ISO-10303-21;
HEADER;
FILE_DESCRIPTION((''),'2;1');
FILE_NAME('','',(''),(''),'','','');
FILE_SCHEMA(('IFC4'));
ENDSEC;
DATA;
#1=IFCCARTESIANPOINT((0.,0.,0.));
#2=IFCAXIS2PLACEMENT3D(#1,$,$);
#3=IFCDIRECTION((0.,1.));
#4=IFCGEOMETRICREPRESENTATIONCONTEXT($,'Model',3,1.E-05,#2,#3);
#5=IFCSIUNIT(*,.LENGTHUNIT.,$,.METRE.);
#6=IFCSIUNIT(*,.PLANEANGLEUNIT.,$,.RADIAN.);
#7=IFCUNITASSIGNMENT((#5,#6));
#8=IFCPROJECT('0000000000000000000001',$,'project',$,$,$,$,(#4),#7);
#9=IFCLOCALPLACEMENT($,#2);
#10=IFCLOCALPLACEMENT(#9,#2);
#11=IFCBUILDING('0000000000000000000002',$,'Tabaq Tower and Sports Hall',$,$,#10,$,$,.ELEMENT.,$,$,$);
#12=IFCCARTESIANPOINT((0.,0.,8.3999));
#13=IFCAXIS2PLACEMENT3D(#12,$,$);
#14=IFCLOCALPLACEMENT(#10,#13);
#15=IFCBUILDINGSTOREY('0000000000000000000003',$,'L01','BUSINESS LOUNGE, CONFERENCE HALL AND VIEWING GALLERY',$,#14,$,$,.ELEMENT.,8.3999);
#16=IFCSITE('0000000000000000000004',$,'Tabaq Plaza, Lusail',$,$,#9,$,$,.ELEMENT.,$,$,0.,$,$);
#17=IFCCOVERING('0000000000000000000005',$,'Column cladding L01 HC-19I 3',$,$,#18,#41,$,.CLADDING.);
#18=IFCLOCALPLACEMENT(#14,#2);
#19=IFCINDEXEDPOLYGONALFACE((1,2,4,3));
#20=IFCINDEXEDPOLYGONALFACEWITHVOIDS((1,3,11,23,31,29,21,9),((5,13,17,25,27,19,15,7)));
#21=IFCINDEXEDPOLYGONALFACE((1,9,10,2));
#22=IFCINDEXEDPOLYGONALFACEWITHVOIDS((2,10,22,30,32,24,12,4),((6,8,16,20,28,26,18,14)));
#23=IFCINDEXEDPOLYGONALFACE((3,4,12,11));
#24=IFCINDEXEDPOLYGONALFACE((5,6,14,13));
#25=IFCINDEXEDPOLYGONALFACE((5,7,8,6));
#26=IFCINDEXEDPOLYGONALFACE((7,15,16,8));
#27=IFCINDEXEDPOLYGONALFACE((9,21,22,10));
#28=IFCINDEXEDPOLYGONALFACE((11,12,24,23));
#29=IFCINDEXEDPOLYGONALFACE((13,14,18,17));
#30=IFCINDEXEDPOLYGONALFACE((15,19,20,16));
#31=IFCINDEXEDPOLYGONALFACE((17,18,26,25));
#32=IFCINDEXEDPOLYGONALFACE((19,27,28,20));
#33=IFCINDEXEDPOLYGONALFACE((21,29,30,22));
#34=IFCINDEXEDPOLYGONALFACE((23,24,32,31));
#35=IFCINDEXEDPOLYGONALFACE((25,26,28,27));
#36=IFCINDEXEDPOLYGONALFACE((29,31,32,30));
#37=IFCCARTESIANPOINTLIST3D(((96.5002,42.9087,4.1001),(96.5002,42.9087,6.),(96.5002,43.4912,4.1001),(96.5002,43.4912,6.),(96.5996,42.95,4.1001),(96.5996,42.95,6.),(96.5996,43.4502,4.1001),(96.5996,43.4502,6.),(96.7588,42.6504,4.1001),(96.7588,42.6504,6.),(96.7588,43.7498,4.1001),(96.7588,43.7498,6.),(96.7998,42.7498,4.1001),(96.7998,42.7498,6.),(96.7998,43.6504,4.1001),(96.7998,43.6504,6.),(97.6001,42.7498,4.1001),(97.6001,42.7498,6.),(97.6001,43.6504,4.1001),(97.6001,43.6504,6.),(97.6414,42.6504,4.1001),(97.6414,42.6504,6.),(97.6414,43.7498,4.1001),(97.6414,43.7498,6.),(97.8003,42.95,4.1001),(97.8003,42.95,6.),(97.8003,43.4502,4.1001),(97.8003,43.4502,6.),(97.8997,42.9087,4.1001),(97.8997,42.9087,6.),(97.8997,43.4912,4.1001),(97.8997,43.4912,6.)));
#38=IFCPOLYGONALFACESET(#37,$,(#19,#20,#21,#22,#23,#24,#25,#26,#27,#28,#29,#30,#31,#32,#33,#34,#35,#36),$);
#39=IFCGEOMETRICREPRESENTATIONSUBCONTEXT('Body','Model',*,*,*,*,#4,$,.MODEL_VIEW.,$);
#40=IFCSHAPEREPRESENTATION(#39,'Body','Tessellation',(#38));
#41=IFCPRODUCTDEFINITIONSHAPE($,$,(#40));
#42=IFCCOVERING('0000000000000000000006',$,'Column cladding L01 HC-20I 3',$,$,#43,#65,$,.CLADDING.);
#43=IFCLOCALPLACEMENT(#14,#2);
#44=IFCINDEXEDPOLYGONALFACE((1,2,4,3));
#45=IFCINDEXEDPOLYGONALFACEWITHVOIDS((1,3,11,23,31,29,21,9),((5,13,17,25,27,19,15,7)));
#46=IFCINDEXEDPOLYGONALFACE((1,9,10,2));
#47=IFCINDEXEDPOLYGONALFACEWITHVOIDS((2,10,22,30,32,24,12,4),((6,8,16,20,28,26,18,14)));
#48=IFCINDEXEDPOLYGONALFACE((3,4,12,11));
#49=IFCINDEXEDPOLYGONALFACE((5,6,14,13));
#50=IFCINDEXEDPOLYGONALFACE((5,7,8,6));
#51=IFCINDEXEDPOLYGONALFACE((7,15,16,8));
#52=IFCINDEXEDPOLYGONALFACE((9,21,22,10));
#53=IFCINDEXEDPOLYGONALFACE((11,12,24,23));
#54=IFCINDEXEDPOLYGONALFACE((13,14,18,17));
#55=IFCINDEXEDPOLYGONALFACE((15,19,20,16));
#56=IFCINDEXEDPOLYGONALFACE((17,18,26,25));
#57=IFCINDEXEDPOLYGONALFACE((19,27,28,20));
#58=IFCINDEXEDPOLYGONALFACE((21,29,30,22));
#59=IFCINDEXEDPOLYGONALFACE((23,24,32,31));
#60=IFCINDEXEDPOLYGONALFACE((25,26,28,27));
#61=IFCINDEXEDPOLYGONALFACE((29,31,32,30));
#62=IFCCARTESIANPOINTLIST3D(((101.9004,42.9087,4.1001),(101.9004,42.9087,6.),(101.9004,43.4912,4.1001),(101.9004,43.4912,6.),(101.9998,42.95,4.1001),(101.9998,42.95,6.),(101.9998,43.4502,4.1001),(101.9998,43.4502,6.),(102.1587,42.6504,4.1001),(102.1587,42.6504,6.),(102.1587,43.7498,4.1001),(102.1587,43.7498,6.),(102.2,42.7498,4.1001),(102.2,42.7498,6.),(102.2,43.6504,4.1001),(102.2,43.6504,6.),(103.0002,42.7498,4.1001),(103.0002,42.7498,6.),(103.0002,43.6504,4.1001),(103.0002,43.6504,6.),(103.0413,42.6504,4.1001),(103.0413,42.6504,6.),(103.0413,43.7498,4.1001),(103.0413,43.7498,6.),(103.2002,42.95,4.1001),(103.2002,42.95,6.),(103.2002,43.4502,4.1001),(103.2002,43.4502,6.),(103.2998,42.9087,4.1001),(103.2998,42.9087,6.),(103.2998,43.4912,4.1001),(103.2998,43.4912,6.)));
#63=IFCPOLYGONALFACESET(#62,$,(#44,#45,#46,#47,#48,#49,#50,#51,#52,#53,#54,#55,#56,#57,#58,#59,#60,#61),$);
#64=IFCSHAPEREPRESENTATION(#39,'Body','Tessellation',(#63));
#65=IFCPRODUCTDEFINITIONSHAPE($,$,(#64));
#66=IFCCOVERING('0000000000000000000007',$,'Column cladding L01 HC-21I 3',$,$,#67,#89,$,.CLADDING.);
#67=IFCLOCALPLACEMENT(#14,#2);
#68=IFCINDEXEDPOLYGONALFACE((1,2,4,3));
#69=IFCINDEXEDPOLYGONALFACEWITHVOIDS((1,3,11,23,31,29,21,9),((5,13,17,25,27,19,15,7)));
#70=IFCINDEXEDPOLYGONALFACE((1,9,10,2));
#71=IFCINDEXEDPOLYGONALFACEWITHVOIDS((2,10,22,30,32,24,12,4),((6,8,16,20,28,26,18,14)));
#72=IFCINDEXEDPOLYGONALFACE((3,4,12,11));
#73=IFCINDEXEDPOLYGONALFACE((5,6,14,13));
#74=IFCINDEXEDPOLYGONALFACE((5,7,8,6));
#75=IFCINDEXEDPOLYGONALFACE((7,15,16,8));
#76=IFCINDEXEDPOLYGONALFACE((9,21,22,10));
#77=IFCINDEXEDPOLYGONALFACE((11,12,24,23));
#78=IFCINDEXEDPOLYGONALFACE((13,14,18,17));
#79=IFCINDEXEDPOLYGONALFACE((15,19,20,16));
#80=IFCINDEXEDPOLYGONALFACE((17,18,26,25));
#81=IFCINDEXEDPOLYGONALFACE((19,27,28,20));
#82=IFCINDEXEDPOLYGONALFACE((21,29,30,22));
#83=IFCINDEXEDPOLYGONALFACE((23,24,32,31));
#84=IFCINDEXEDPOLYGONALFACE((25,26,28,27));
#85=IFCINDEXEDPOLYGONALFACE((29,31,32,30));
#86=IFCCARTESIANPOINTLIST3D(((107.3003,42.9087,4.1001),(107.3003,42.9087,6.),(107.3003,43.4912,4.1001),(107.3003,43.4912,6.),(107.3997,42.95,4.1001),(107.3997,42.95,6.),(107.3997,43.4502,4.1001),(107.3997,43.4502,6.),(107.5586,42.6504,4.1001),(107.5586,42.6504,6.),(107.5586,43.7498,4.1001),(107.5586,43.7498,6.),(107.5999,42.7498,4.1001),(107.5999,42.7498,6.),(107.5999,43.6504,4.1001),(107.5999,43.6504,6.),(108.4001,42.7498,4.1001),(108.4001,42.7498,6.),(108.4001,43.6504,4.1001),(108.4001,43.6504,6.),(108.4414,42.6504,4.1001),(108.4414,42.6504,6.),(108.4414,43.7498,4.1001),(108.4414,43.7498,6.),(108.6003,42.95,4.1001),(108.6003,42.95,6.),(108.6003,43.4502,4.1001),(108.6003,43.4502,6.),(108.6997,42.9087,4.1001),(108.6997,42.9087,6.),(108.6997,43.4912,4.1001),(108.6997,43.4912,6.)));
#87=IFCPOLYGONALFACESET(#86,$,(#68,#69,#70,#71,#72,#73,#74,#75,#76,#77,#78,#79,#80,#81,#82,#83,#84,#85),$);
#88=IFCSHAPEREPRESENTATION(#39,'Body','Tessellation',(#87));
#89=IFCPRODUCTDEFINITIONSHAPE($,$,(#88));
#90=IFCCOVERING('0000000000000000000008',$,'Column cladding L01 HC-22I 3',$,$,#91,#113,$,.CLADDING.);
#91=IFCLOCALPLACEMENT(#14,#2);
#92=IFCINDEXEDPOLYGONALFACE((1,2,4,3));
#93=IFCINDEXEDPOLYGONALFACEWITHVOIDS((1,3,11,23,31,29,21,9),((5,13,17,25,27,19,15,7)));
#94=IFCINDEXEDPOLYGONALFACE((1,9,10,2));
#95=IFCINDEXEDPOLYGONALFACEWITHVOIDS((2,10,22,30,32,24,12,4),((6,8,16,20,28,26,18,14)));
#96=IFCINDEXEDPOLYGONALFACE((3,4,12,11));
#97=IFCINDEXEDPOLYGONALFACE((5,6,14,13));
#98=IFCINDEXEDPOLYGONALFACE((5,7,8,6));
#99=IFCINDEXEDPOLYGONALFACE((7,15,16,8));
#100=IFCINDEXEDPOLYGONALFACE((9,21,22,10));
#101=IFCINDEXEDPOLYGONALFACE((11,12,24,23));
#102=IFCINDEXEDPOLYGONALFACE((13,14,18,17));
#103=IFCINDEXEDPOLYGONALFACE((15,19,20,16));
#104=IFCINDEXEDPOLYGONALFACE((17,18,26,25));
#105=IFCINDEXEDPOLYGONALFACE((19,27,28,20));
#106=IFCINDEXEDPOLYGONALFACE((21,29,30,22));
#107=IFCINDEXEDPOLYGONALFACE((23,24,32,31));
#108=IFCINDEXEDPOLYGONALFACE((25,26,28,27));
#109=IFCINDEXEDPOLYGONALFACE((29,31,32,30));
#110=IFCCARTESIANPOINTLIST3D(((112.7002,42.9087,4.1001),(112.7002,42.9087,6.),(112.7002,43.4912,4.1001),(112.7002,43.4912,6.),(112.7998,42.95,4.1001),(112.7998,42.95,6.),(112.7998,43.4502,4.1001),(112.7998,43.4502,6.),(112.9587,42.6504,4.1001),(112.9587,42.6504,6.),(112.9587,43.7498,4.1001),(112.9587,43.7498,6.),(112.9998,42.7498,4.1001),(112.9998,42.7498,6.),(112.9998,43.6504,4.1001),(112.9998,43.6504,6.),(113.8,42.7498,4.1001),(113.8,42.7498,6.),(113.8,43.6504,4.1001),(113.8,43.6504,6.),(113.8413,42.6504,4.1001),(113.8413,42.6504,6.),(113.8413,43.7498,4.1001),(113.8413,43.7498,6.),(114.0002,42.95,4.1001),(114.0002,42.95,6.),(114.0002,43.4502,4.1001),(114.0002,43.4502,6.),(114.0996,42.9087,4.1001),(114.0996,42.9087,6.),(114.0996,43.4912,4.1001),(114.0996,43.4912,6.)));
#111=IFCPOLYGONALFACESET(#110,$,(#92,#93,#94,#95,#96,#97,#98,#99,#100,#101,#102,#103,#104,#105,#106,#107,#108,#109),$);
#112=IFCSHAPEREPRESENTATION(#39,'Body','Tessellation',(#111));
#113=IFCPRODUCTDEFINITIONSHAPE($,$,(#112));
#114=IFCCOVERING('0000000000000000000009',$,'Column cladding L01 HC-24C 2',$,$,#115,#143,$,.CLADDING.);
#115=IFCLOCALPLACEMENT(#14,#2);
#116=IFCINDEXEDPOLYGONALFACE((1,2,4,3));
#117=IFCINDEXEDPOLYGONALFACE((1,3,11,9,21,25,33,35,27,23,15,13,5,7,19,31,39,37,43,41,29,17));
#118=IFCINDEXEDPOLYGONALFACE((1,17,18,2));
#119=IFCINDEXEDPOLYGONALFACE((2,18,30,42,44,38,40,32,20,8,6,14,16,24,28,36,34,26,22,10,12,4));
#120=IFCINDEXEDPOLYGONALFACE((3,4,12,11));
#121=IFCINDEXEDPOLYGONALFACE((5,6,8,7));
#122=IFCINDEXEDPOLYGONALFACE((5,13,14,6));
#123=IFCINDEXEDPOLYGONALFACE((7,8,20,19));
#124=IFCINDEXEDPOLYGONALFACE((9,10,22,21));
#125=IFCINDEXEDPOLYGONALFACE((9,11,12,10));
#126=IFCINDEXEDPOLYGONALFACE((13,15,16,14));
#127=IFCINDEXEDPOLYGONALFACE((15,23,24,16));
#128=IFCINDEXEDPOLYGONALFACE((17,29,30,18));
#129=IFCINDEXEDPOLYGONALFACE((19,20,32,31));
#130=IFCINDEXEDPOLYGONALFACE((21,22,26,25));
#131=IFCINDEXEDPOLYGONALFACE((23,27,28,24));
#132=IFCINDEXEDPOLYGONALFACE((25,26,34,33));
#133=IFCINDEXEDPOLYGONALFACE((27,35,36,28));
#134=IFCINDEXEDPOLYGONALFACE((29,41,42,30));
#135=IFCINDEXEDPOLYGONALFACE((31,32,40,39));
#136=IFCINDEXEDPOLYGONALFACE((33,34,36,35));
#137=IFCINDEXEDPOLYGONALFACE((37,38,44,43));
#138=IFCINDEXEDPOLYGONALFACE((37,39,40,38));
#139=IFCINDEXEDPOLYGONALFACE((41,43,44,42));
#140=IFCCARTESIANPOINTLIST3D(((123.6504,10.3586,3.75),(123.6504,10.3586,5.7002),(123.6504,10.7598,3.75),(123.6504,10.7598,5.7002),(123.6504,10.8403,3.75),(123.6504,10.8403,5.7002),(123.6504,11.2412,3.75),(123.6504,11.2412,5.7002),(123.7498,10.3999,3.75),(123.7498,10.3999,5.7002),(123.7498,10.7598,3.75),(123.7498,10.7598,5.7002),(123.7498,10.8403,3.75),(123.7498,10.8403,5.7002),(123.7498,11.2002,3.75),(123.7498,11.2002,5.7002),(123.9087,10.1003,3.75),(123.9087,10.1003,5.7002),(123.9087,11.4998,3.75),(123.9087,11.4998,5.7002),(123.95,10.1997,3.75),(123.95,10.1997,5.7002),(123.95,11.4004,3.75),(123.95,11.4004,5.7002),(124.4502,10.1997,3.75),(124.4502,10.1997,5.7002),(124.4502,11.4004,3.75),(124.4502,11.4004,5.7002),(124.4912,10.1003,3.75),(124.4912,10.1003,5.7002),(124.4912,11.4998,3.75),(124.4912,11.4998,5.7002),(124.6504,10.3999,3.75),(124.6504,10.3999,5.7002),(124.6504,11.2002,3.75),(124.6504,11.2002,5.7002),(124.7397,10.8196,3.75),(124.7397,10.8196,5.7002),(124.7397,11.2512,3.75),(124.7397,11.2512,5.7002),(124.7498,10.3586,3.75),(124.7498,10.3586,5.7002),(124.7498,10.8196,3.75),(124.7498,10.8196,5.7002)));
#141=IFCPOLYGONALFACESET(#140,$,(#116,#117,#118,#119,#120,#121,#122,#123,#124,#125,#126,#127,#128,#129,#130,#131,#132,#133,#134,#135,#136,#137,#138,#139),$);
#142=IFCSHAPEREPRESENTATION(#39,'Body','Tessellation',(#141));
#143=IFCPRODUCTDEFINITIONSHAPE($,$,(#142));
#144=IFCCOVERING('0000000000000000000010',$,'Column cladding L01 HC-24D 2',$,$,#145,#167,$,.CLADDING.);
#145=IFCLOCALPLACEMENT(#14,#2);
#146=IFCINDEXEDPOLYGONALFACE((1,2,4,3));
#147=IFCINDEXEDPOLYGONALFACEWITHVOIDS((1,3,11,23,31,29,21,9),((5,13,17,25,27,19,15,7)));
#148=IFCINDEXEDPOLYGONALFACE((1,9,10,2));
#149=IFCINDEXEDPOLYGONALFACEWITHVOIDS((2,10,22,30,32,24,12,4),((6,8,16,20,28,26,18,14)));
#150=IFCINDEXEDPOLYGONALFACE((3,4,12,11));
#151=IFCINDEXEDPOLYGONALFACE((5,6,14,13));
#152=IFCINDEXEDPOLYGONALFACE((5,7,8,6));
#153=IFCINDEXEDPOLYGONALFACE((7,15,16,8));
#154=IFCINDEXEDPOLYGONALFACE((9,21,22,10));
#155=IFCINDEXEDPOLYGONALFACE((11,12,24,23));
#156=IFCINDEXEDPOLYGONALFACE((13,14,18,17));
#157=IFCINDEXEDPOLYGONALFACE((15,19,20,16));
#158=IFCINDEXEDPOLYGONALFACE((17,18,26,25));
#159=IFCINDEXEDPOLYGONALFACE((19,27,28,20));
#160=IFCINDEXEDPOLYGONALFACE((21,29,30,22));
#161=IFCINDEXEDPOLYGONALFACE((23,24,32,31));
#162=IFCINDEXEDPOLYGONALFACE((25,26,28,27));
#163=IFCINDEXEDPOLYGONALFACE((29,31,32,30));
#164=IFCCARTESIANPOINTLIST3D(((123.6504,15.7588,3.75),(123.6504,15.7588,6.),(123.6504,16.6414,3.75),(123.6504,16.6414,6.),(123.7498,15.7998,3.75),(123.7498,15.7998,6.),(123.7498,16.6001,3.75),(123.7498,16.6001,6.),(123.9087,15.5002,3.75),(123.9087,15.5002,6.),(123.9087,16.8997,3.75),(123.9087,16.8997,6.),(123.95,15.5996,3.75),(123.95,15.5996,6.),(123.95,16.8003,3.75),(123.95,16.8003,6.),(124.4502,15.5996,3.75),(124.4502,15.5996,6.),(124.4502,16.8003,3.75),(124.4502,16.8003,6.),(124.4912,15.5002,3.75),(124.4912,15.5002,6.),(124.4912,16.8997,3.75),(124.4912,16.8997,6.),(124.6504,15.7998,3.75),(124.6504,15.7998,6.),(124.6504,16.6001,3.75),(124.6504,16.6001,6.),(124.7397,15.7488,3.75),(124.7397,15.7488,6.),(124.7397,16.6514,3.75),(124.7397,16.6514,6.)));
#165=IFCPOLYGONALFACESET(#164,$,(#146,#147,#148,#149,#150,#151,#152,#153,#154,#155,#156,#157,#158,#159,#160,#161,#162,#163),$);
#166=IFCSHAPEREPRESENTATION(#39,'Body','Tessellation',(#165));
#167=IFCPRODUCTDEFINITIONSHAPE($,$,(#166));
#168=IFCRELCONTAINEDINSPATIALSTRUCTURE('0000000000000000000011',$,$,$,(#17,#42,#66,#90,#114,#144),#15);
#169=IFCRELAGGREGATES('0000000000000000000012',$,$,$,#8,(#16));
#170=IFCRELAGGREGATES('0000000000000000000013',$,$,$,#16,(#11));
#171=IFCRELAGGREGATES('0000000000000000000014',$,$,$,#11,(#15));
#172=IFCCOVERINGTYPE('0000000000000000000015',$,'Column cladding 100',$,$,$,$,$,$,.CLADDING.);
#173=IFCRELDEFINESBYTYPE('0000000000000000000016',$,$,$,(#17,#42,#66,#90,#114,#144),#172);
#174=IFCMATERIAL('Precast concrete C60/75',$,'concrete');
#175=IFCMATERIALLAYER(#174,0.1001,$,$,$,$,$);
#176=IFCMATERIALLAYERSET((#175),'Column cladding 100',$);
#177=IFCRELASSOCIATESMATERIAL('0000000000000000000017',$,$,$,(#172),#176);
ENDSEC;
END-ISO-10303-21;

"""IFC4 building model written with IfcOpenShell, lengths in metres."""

from ifc_helpers import new_model, si_unit, direction, frame, origin, place, context, subcontext, project, spatial, polyline, outline, extrude, material, layer, layer_set, type_object, element, save


model = new_model("IFC4")

# Units and contexts
model_context = context("Model", 3, precision=1e-05, world=origin(), true_north=direction((0.0, 1.0)))
body_context = subcontext(model_context, "Body", "Model", "MODEL_VIEW")
ifc_project = project(units=[si_unit("LENGTHUNIT", "METRE"), si_unit("PLANEANGLEUNIT", "RADIAN")], contexts=[model_context])

# Site, building, storey
site_placement = place(None, origin())
site = spatial("IfcSite", under=ifc_project, at=site_placement, Name="Tabaq Plaza, Lusail", CompositionType="ELEMENT", RefElevation=0.0)
building_placement = place(site_placement, origin())
building = spatial("IfcBuilding", under=site, at=building_placement, Name="Tabaq Tower and Sports Hall", CompositionType="ELEMENT")
storey_placement = place(building_placement, frame((0.0, 0.0, 8.3999)))
storey = spatial("IfcBuildingStorey", under=building, at=storey_placement, Name="L01", Description="BUSINESS LOUNGE, CONFERENCE HALL AND VIEWING GALLERY", CompositionType="ELEMENT", Elevation=8.3999)

# Coverings
ifc_material_1 = material(Name="Precast concrete C60/75", Category="concrete")
ifc_layer_1 = layer(ifc_material_1, 0.1001)
ifc_layer_set_1 = layer_set([ifc_layer_1], Name="Column cladding 100")
covering_type = type_object("IfcCoveringType", Name="Column cladding 100", PredefinedType="CLADDING", material=ifc_layer_set_1)
covering_1_placement = place(storey_placement, frame((0.0, 0.0, 4.1001)))
element("IfcCovering", 1, at=covering_1_placement, inside=storey, type_object=covering_type, Name="Column cladding L01 HC-19I 3", PredefinedType="CLADDING", context=body_context, shape_type="SweptSolid", body=[
    extrude(outline(polyline([(96.5002, 42.9087), (96.5002, 43.4912), (96.7588, 43.7498), (97.6414, 43.7498), (97.8997, 43.4912), (97.8997, 42.9087), (97.6414, 42.6504), (96.7588, 42.6504), (96.5002, 42.9087)]), holes=[polyline([(97.6001, 42.7498), (97.8003, 42.95), (97.8003, 43.4502), (97.6001, 43.6504), (96.7998, 43.6504), (96.5996, 43.4502), (96.5996, 42.95), (96.7998, 42.7498), (97.6001, 42.7498)])]), origin(), (0.0, 0.0, 1.0), 1.8999),
])
covering_2_placement = place(storey_placement, frame((0.0, 0.0, 4.1001)))
element("IfcCovering", 2, at=covering_2_placement, inside=storey, type_object=covering_type, Name="Column cladding L01 HC-20I 3", PredefinedType="CLADDING", context=body_context, shape_type="SweptSolid", body=[
    extrude(outline(polyline([(101.9004, 42.9087), (101.9004, 43.4912), (102.1587, 43.7498), (103.0413, 43.7498), (103.2998, 43.4912), (103.2998, 42.9087), (103.0413, 42.6504), (102.1587, 42.6504), (101.9004, 42.9087)]), holes=[polyline([(103.0002, 42.7498), (103.2002, 42.95), (103.2002, 43.4502), (103.0002, 43.6504), (102.2, 43.6504), (101.9998, 43.4502), (101.9998, 42.95), (102.2, 42.7498), (103.0002, 42.7498)])]), origin(), (0.0, 0.0, 1.0), 1.8999),
])
covering_3_placement = place(storey_placement, frame((0.0, 0.0, 4.1001)))
element("IfcCovering", 3, at=covering_3_placement, inside=storey, type_object=covering_type, Name="Column cladding L01 HC-21I 3", PredefinedType="CLADDING", context=body_context, shape_type="SweptSolid", body=[
    extrude(outline(polyline([(107.3003, 42.9087), (107.3003, 43.4912), (107.5586, 43.7498), (108.4414, 43.7498), (108.6997, 43.4912), (108.6997, 42.9087), (108.4414, 42.6504), (107.5586, 42.6504), (107.3003, 42.9087)]), holes=[polyline([(108.4001, 42.7498), (108.6003, 42.95), (108.6003, 43.4502), (108.4001, 43.6504), (107.5999, 43.6504), (107.3997, 43.4502), (107.3997, 42.95), (107.5999, 42.7498), (108.4001, 42.7498)])]), origin(), (0.0, 0.0, 1.0), 1.8999),
])
covering_4_placement = place(storey_placement, frame((0.0, 0.0, 4.1001)))
element("IfcCovering", 4, at=covering_4_placement, inside=storey, type_object=covering_type, Name="Column cladding L01 HC-22I 3", PredefinedType="CLADDING", context=body_context, shape_type="SweptSolid", body=[
    extrude(outline(polyline([(112.7002, 42.9087), (112.7002, 43.4912), (112.9587, 43.7498), (113.8413, 43.7498), (114.0996, 43.4912), (114.0996, 42.9087), (113.8413, 42.6504), (112.9587, 42.6504), (112.7002, 42.9087)]), holes=[polyline([(113.8, 42.7498), (114.0002, 42.95), (114.0002, 43.4502), (113.8, 43.6504), (112.9998, 43.6504), (112.7998, 43.4502), (112.7998, 42.95), (112.9998, 42.7498), (113.8, 42.7498)])]), origin(), (0.0, 0.0, 1.0), 1.8999),
])
covering_5_placement = place(storey_placement, frame((0.0, 0.0, 3.75)))
element("IfcCovering", 5, at=covering_5_placement, inside=storey, type_object=covering_type, Name="Column cladding L01 HC-24C 2", PredefinedType="CLADDING", context=body_context, shape_type="SweptSolid", body=[
    extrude(outline(polyline([(123.9087, 10.1003), (123.6504, 10.3586), (123.6504, 10.7598), (123.7498, 10.7598), (123.7498, 10.3999), (123.95, 10.1997), (124.4502, 10.1997), (124.6504, 10.3999), (124.6504, 11.2002), (124.4502, 11.4004), (123.95, 11.4004), (123.7498, 11.2002), (123.7498, 10.8403), (123.6504, 10.8403), (123.6504, 11.2412), (123.9087, 11.4998), (124.4912, 11.4998), (124.7397, 11.2512), (124.7397, 10.8196), (124.7498, 10.8196), (124.7498, 10.3586), (124.4912, 10.1003), (123.9087, 10.1003)])), origin(), (0.0, 0.0, 1.0), 1.9502),
])
covering_6_placement = place(storey_placement, frame((0.0, 0.0, 3.75)))
element("IfcCovering", 6, at=covering_6_placement, inside=storey, type_object=covering_type, Name="Column cladding L01 HC-24D 2", PredefinedType="CLADDING", context=body_context, shape_type="SweptSolid", body=[
    extrude(outline(polyline([(123.9087, 15.5002), (123.6504, 15.7588), (123.6504, 16.6414), (123.9087, 16.8997), (124.4912, 16.8997), (124.7397, 16.6514), (124.7397, 15.7488), (124.4912, 15.5002), (123.9087, 15.5002)]), holes=[polyline([(124.4502, 16.8003), (123.95, 16.8003), (123.7498, 16.6001), (123.7498, 15.7998), (123.95, 15.5996), (124.4502, 15.5996), (124.6504, 15.7998), (124.6504, 16.6001), (124.4502, 16.8003)])]), origin(), (0.0, 0.0, 1.0), 2.25),
])

save(model, "model.ifc")
